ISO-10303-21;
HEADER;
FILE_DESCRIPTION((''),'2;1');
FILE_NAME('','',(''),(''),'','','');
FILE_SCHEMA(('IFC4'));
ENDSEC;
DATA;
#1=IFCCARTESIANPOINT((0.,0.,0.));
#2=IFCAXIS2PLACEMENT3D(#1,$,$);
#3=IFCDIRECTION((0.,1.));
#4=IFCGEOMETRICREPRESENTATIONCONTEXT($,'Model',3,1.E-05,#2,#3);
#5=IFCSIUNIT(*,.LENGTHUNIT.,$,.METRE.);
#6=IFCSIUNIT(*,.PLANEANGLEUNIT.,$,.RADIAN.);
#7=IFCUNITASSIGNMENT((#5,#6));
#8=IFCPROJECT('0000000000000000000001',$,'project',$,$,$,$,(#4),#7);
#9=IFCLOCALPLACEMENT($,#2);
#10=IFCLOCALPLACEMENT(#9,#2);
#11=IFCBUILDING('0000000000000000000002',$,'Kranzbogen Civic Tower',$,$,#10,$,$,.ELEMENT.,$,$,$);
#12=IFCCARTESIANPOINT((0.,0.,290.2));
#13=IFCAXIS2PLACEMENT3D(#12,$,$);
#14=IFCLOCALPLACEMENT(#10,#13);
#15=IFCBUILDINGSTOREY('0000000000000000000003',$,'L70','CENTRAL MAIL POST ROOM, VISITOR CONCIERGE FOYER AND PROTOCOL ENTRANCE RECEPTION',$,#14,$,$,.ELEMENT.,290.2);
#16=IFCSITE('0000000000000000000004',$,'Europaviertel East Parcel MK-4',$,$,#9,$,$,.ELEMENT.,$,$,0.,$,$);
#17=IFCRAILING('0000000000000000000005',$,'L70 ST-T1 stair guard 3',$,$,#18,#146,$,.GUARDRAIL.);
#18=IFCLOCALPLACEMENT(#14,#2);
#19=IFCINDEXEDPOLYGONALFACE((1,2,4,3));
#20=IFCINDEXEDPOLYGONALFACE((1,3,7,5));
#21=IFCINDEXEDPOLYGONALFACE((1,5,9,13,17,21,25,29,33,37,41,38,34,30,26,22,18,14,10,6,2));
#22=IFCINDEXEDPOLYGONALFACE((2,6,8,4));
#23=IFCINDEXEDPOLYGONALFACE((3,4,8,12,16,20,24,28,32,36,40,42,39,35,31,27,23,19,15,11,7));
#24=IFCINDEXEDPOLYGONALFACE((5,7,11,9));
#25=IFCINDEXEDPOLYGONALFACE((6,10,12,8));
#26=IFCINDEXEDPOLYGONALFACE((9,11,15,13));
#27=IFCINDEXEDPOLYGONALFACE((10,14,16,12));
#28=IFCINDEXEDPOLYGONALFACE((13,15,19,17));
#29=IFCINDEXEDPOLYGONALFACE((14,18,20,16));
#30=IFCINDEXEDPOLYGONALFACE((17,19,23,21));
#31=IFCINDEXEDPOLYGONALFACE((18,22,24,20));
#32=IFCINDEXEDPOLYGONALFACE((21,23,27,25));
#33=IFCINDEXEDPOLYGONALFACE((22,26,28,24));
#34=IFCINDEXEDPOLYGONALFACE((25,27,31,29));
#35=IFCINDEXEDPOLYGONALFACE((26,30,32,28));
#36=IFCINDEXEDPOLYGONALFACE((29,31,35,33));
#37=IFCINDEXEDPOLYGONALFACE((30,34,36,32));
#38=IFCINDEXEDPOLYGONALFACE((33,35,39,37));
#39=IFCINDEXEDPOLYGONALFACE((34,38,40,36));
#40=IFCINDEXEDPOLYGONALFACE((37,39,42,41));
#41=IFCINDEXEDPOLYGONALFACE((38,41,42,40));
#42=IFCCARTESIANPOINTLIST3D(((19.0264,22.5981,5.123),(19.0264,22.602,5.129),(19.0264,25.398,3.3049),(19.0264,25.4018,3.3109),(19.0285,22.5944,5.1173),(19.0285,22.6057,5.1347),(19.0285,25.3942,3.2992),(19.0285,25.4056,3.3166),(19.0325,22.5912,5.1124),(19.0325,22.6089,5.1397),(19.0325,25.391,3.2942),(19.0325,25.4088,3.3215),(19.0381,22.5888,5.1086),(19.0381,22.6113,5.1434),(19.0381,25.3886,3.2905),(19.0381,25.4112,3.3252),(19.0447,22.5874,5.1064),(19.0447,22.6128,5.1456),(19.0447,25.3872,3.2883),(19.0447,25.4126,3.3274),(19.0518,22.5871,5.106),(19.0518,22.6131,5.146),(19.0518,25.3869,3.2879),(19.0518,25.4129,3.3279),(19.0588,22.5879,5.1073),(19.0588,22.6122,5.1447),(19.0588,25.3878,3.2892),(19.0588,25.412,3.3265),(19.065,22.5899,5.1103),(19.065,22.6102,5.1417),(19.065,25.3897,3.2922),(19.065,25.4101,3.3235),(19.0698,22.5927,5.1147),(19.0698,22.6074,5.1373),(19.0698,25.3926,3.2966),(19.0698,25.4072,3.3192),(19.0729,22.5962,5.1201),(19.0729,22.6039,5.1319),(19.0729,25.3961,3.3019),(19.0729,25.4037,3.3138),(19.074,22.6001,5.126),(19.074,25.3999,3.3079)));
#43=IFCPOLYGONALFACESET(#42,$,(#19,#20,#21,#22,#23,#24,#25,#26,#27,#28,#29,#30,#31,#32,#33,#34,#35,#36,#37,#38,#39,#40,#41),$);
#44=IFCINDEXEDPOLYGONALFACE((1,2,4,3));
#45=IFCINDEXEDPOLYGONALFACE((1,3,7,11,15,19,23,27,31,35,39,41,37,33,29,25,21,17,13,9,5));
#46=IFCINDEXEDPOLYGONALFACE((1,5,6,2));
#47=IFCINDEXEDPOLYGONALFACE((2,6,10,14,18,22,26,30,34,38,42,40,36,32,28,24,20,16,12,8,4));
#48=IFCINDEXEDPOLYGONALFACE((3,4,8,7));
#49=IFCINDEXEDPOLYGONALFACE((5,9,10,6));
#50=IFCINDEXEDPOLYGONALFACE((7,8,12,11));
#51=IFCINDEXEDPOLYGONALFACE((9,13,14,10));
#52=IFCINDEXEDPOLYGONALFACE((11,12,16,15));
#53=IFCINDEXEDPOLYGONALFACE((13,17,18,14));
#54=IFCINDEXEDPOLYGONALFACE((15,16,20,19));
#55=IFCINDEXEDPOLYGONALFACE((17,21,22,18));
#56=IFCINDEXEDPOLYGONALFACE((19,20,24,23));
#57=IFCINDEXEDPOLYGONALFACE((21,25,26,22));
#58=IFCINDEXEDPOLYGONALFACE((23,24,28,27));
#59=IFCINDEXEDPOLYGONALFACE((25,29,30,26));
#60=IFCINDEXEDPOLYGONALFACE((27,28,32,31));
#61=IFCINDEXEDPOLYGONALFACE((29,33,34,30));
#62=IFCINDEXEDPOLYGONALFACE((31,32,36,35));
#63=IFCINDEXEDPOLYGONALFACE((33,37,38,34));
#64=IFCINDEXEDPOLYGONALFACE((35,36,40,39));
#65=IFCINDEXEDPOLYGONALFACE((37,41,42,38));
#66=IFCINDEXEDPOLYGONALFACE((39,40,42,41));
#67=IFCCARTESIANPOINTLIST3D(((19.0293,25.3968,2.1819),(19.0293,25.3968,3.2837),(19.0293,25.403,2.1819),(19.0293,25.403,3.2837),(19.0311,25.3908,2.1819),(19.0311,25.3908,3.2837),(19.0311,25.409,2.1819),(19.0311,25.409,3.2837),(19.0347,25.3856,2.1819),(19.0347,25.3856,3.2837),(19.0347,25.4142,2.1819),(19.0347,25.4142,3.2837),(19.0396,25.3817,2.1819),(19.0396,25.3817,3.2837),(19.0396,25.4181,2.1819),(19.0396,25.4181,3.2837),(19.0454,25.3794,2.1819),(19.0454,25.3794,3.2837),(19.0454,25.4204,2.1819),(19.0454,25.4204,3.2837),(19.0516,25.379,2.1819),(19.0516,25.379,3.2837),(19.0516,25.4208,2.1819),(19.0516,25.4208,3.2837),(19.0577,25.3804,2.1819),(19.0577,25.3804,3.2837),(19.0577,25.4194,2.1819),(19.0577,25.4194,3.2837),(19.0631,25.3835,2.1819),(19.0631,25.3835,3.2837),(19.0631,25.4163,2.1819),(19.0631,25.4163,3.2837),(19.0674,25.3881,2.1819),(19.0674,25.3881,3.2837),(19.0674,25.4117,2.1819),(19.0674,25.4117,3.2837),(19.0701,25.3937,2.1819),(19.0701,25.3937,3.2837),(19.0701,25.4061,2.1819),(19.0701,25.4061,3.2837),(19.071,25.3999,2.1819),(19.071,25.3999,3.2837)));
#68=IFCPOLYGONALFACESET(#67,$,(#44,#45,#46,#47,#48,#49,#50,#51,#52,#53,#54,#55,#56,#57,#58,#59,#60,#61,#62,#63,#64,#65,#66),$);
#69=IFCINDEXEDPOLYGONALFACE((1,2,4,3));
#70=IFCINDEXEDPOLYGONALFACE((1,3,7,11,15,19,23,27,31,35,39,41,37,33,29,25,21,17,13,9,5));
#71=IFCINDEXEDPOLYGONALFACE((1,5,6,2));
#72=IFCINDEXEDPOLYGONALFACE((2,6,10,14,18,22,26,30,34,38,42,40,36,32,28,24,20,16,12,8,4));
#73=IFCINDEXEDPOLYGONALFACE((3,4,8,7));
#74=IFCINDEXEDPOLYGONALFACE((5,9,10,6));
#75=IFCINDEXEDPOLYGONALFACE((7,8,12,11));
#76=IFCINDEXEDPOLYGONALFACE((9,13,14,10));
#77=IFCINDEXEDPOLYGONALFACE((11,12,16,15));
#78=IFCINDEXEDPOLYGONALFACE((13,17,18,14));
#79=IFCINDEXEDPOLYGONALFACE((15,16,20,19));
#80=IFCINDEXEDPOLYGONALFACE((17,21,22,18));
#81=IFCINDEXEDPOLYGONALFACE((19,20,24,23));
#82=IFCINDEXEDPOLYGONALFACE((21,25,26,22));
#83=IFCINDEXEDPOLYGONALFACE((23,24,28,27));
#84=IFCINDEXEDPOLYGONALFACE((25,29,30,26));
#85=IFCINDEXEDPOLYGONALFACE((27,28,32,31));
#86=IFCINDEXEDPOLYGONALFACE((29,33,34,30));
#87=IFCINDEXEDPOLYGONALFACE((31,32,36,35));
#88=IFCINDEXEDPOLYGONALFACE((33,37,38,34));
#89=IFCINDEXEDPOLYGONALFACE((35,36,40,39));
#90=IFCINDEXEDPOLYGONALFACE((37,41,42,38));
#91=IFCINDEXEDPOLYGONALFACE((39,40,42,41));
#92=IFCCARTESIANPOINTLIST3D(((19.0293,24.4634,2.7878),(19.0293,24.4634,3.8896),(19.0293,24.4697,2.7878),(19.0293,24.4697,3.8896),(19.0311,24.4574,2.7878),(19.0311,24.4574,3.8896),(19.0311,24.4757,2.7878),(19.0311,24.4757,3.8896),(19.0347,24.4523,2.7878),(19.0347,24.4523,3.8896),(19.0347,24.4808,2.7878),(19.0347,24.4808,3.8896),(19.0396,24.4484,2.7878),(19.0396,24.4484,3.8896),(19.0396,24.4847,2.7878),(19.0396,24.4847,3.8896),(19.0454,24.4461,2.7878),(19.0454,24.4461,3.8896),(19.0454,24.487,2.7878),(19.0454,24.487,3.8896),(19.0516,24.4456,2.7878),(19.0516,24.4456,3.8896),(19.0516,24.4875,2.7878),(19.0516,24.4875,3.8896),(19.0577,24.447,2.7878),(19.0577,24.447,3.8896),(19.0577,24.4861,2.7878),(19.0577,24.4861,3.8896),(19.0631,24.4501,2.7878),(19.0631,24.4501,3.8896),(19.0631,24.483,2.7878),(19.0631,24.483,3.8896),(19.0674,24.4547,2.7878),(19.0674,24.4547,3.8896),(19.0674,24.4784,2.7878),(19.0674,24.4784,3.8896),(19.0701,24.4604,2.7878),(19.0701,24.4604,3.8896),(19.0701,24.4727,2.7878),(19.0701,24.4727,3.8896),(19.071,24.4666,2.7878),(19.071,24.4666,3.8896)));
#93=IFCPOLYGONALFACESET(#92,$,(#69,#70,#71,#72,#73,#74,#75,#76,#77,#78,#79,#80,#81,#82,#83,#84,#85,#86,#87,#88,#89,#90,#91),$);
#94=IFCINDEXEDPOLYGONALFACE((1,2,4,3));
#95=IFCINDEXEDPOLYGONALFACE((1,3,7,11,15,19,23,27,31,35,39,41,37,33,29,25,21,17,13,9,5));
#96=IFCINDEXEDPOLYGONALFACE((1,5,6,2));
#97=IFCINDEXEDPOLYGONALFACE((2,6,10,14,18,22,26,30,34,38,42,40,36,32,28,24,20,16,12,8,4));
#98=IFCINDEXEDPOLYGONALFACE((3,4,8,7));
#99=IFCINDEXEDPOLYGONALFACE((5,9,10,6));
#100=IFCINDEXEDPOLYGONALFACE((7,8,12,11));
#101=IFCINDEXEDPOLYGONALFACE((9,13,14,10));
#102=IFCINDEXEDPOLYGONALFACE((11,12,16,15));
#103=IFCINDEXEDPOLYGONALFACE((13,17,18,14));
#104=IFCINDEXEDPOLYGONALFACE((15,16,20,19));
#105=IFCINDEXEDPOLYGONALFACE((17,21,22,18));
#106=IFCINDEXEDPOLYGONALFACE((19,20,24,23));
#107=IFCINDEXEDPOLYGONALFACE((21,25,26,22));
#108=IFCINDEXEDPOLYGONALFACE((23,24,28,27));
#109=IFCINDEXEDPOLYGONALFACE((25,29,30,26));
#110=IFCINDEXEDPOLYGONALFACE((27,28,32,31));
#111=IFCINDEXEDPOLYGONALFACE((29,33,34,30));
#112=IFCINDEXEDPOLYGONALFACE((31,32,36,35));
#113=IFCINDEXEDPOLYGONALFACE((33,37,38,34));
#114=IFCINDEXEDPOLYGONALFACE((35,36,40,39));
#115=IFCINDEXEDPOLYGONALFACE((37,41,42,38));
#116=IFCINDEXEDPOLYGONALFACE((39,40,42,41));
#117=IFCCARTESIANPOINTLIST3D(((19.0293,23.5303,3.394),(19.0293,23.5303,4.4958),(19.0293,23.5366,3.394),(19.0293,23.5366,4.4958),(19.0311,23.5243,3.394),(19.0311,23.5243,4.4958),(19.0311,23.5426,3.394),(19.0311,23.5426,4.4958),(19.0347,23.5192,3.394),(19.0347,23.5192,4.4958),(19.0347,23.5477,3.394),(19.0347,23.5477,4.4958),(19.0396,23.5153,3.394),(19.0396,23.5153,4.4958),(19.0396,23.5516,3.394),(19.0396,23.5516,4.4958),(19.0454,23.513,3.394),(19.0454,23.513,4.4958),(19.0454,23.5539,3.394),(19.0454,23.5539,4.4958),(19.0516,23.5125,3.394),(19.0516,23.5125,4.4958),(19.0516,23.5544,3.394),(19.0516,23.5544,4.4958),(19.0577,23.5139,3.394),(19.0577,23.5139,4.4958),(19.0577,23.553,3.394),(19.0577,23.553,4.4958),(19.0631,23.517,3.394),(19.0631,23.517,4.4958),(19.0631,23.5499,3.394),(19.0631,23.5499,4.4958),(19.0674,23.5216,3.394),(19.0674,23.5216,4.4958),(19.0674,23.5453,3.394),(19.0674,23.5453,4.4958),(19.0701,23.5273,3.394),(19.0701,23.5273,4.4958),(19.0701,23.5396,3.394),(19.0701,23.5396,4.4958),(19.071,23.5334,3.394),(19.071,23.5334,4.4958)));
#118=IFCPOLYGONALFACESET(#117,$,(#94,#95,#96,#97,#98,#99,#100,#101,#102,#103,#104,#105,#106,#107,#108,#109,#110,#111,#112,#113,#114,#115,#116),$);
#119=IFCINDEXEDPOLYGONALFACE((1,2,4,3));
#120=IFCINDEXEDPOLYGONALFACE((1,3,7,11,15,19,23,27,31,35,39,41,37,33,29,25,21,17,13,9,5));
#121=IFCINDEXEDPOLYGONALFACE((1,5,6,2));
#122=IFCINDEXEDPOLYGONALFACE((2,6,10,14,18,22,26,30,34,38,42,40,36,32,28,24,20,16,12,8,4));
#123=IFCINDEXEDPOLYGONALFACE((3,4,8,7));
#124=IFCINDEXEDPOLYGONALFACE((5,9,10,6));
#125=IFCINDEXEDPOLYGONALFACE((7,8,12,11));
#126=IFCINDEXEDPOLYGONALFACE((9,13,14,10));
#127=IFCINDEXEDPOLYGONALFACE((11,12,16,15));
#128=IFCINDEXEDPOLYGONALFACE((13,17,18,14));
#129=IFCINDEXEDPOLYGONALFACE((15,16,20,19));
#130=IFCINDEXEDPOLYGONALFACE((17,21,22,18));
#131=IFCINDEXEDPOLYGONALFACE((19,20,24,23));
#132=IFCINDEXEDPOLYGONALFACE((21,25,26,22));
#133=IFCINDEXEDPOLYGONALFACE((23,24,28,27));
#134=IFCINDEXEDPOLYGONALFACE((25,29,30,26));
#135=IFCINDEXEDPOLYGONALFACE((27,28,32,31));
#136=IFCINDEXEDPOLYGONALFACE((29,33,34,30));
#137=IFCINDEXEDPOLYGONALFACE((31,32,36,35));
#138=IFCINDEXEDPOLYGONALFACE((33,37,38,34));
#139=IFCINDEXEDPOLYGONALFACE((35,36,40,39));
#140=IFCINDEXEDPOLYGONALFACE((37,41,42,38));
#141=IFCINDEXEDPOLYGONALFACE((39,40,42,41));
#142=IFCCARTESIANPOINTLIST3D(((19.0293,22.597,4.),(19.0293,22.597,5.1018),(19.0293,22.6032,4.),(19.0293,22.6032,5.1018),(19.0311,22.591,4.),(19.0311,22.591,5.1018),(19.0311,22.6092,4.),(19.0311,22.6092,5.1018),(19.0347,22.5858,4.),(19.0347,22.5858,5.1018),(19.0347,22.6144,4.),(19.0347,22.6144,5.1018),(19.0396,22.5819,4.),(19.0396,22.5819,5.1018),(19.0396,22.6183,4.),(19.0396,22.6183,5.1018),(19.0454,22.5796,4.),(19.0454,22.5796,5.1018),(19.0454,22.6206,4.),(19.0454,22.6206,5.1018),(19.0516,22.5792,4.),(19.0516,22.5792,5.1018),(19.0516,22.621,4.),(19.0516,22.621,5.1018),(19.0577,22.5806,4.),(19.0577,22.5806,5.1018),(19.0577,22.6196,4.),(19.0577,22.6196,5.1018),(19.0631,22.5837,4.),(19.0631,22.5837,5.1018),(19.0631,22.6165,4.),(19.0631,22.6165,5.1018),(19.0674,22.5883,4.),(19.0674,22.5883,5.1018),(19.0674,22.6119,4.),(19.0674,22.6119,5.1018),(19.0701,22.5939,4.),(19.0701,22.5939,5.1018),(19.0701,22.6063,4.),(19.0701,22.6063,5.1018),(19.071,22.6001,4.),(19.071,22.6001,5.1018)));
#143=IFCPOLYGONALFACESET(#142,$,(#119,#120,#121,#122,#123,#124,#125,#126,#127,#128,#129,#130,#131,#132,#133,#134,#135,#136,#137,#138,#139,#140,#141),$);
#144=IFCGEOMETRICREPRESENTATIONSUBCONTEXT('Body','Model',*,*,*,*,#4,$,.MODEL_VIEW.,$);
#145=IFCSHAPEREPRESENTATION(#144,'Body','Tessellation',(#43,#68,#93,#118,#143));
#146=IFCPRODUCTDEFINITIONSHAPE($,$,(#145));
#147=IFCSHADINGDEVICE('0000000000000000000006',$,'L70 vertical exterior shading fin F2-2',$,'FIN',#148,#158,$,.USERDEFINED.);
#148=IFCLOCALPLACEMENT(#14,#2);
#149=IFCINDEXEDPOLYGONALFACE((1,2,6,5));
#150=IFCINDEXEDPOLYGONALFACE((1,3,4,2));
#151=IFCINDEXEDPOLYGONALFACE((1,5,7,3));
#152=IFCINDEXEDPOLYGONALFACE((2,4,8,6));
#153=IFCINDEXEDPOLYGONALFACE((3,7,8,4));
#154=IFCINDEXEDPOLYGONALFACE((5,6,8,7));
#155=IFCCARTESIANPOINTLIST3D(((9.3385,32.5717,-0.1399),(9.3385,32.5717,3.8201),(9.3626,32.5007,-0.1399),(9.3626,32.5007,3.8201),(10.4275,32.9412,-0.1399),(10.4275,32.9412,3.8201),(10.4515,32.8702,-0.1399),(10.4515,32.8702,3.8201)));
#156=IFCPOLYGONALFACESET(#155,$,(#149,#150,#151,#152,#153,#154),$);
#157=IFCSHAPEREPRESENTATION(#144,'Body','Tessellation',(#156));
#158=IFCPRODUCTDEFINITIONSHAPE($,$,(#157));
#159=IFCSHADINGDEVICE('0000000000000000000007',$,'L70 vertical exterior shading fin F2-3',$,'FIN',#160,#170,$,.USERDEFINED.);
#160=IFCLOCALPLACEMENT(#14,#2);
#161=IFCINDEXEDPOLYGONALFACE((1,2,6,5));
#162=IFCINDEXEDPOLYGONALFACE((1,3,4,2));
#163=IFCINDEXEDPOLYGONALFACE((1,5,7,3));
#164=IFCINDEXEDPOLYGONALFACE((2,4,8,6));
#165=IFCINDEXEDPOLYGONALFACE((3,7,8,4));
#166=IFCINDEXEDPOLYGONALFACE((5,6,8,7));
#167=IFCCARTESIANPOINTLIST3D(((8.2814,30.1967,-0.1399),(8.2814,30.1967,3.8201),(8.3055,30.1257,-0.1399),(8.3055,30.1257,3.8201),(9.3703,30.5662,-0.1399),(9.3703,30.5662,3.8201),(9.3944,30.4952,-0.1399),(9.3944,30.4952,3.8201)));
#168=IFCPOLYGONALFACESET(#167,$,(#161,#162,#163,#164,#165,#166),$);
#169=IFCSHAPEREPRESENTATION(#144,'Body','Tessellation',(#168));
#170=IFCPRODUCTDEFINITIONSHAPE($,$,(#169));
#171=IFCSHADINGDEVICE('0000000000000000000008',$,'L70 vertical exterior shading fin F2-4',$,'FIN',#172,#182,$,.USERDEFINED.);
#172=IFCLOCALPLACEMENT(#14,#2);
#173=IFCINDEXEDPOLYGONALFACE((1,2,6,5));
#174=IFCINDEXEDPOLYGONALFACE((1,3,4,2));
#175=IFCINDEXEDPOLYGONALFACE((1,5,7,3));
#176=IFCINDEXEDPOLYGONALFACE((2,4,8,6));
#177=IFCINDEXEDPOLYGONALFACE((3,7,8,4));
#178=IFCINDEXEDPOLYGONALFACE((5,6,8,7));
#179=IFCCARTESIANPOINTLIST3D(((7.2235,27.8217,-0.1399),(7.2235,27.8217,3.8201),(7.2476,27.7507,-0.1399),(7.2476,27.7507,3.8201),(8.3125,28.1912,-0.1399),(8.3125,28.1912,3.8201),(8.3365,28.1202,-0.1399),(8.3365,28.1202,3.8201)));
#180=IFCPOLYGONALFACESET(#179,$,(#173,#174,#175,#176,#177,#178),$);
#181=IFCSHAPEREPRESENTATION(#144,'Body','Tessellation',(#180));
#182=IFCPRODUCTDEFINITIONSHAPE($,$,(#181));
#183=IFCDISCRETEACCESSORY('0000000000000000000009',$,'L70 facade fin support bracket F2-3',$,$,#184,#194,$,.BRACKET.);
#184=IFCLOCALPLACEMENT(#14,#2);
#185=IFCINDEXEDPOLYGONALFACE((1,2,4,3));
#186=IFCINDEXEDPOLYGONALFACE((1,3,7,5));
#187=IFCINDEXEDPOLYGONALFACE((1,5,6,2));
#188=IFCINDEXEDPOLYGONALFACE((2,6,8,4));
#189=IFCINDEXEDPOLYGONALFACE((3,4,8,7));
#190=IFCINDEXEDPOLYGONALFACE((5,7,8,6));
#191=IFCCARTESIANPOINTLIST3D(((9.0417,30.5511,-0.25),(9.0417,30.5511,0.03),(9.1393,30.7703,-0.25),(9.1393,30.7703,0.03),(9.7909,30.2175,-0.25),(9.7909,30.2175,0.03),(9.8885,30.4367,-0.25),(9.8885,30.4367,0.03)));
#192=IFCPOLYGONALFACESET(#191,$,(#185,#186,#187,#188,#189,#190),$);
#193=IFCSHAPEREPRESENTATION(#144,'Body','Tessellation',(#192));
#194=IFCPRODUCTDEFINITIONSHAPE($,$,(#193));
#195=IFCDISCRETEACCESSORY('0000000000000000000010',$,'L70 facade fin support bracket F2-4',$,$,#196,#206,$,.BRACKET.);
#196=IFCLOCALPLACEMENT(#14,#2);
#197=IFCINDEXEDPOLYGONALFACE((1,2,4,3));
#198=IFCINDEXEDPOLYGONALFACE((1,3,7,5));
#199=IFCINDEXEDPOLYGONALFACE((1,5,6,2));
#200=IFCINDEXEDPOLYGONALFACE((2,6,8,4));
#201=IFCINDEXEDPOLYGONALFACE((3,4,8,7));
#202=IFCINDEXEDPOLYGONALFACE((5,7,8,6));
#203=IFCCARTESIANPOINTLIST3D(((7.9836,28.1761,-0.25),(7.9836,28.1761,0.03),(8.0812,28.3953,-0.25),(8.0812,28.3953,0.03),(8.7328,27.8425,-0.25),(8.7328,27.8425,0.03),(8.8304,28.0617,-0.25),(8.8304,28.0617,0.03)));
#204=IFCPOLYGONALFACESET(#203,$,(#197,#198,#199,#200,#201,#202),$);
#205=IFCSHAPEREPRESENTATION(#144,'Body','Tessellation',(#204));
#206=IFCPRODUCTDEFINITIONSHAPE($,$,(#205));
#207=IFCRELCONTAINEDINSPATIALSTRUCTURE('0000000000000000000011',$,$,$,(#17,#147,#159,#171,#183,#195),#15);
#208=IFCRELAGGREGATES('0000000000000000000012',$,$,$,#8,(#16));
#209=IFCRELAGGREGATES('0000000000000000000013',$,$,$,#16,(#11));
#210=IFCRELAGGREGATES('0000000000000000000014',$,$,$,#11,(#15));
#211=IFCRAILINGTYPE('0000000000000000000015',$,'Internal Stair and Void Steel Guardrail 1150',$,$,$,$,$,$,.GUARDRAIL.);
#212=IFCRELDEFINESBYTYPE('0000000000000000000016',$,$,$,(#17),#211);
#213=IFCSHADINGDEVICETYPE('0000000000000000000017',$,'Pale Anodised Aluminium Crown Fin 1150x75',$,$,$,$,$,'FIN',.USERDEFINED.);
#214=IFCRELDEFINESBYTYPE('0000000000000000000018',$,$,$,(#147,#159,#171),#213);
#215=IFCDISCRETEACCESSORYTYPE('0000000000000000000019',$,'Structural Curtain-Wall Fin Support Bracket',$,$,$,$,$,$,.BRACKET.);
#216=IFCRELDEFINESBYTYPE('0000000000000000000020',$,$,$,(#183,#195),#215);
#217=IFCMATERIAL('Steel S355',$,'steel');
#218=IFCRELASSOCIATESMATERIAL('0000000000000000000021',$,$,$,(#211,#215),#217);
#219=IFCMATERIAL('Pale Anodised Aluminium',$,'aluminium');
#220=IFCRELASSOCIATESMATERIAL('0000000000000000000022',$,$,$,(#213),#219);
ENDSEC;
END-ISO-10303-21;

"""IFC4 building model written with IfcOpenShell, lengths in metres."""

from ifc_helpers import new_model, si_unit, direction, frame, origin, origin_2d, place, context, subcontext, project, spatial, rectangle, circle, extrude, material, type_object, element, save


model = new_model("IFC4")

# Units and contexts
model_context = context("Model", 3, precision=1e-05, world=origin(), true_north=direction((0.0, 1.0)))
body_context = subcontext(model_context, "Body", "Model", "MODEL_VIEW")
ifc_project = project(units=[si_unit("LENGTHUNIT", "METRE"), si_unit("PLANEANGLEUNIT", "RADIAN")], contexts=[model_context])

# Site, building, storey
site_placement = place(None, origin())
site = spatial("IfcSite", under=ifc_project, at=site_placement, Name="Europaviertel East Parcel MK-4", CompositionType="ELEMENT", RefElevation=0.0)
building_placement = place(site_placement, origin())
building = spatial("IfcBuilding", under=site, at=building_placement, Name="Kranzbogen Civic Tower", CompositionType="ELEMENT")
storey_placement = place(building_placement, frame((0.0, 0.0, 290.2)))
storey = spatial("IfcBuildingStorey", under=building, at=storey_placement, Name="L70", Description="CENTRAL MAIL POST ROOM, VISITOR CONCIERGE FOYER AND PROTOCOL ENTRANCE RECEPTION", CompositionType="ELEMENT", Elevation=290.2)

# Shared definitions
ifc_material_1 = material(Name="Steel S355", Category="steel")

# Shared definitions
ifc_material_2 = material(Name="Pale Anodised Aluminium", Category="aluminium")

# Railing
railing_type = type_object("IfcRailingType", Name="Internal Stair and Void Steel Guardrail 1150", PredefinedType="GUARDRAIL", material=ifc_material_1)
railing_1_placement = place(storey_placement, frame((19.05, 25.3999, 2.1819)))
element("IfcRailing", 1, at=railing_1_placement, inside=storey, type_object=railing_type, Name="L70 ST-T1 stair guard 3", PredefinedType="GUARDRAIL", context=body_context, shape_type="SweptSolid", body=[
    extrude(circle(Radius=0.0239, at=origin_2d()), frame((0.0, 0.0, 1.126), z_axis=(0.0, -0.838684, 0.544618), x_axis=(1.0, 0.0, 0.0)), (0.0, 0.0, 1.0), 3.3384),
    extrude(circle(Radius=0.021, at=origin_2d()), origin(), (0.0, 0.0, 1.0), 1.1018),
    extrude(circle(Radius=0.021, at=origin_2d()), frame((0.0, -0.9333, 0.606)), (0.0, 0.0, 1.0), 1.1018),
    extrude(circle(Radius=0.021, at=origin_2d()), frame((0.0, -1.8665, 1.2122)), (0.0, 0.0, 1.0), 1.1018),
    extrude(circle(Radius=0.021, at=origin_2d()), frame((0.0, -2.7998, 1.8181)), (0.0, 0.0, 1.0), 1.1018),
])

# Shading devices
shading_device_type = type_object("IfcShadingDeviceType", Name="Pale Anodised Aluminium Crown Fin 1150x75", ElementType="FIN", PredefinedType="USERDEFINED", material=ifc_material_2)
for number, where, z_axis, x_axis, name in (
    (2, (9.895, 32.7209, -0.1399), (0.0, 0.0, 1.0), (-0.946986, -0.321274, 0.0), "L70 vertical exterior shading fin F2-2"),
    (3, (8.8379, 30.3459, -0.1399), (0.0, 0.0, 1.0), (-0.946986, -0.321274, 0.0), "L70 vertical exterior shading fin F2-3"),
    (4, (7.78, 27.9709, -0.1399), (0.0, 0.0, 1.0), (-0.946986, -0.321274, 0.0), "L70 vertical exterior shading fin F2-4"),
):
    element("IfcShadingDevice", number, at=place(storey_placement, frame(where, z_axis=z_axis, x_axis=x_axis)), inside=storey, type_object=shading_device_type, Name=name, ObjectType="FIN", PredefinedType="USERDEFINED", context=body_context, shape_type="SweptSolid", body=[
        extrude(rectangle(XDim=1.1499, YDim=0.075, at=origin_2d()), origin(), (0.0, 0.0, 1.0), 3.96),
    ])

# Discrete accessories
discrete_accessory_type = type_object("IfcDiscreteAccessoryType", Name="Structural Curtain-Wall Fin Support Bracket", PredefinedType="BRACKET", material=ifc_material_1)
for number, where, z_axis, x_axis, name in (
    (5, (9.4651, 30.4939, -0.25), (0.0, 0.0, 1.0), (-0.913545, 0.406737, 0.0), "L70 facade fin support bracket F2-3"),
    (6, (8.407, 28.1189, -0.25), (0.0, 0.0, 1.0), (-0.913545, 0.406737, 0.0), "L70 facade fin support bracket F2-4"),
):
    element("IfcDiscreteAccessory", number, at=place(storey_placement, frame(where, z_axis=z_axis, x_axis=x_axis)), inside=storey, type_object=discrete_accessory_type, Name=name, PredefinedType="BRACKET", context=body_context, shape_type="SweptSolid", body=[
        extrude(rectangle(XDim=0.8201, YDim=0.24, at=origin_2d()), origin(), (0.0, 0.0, 1.0), 0.28),
    ])

save(model, "model.ifc")
